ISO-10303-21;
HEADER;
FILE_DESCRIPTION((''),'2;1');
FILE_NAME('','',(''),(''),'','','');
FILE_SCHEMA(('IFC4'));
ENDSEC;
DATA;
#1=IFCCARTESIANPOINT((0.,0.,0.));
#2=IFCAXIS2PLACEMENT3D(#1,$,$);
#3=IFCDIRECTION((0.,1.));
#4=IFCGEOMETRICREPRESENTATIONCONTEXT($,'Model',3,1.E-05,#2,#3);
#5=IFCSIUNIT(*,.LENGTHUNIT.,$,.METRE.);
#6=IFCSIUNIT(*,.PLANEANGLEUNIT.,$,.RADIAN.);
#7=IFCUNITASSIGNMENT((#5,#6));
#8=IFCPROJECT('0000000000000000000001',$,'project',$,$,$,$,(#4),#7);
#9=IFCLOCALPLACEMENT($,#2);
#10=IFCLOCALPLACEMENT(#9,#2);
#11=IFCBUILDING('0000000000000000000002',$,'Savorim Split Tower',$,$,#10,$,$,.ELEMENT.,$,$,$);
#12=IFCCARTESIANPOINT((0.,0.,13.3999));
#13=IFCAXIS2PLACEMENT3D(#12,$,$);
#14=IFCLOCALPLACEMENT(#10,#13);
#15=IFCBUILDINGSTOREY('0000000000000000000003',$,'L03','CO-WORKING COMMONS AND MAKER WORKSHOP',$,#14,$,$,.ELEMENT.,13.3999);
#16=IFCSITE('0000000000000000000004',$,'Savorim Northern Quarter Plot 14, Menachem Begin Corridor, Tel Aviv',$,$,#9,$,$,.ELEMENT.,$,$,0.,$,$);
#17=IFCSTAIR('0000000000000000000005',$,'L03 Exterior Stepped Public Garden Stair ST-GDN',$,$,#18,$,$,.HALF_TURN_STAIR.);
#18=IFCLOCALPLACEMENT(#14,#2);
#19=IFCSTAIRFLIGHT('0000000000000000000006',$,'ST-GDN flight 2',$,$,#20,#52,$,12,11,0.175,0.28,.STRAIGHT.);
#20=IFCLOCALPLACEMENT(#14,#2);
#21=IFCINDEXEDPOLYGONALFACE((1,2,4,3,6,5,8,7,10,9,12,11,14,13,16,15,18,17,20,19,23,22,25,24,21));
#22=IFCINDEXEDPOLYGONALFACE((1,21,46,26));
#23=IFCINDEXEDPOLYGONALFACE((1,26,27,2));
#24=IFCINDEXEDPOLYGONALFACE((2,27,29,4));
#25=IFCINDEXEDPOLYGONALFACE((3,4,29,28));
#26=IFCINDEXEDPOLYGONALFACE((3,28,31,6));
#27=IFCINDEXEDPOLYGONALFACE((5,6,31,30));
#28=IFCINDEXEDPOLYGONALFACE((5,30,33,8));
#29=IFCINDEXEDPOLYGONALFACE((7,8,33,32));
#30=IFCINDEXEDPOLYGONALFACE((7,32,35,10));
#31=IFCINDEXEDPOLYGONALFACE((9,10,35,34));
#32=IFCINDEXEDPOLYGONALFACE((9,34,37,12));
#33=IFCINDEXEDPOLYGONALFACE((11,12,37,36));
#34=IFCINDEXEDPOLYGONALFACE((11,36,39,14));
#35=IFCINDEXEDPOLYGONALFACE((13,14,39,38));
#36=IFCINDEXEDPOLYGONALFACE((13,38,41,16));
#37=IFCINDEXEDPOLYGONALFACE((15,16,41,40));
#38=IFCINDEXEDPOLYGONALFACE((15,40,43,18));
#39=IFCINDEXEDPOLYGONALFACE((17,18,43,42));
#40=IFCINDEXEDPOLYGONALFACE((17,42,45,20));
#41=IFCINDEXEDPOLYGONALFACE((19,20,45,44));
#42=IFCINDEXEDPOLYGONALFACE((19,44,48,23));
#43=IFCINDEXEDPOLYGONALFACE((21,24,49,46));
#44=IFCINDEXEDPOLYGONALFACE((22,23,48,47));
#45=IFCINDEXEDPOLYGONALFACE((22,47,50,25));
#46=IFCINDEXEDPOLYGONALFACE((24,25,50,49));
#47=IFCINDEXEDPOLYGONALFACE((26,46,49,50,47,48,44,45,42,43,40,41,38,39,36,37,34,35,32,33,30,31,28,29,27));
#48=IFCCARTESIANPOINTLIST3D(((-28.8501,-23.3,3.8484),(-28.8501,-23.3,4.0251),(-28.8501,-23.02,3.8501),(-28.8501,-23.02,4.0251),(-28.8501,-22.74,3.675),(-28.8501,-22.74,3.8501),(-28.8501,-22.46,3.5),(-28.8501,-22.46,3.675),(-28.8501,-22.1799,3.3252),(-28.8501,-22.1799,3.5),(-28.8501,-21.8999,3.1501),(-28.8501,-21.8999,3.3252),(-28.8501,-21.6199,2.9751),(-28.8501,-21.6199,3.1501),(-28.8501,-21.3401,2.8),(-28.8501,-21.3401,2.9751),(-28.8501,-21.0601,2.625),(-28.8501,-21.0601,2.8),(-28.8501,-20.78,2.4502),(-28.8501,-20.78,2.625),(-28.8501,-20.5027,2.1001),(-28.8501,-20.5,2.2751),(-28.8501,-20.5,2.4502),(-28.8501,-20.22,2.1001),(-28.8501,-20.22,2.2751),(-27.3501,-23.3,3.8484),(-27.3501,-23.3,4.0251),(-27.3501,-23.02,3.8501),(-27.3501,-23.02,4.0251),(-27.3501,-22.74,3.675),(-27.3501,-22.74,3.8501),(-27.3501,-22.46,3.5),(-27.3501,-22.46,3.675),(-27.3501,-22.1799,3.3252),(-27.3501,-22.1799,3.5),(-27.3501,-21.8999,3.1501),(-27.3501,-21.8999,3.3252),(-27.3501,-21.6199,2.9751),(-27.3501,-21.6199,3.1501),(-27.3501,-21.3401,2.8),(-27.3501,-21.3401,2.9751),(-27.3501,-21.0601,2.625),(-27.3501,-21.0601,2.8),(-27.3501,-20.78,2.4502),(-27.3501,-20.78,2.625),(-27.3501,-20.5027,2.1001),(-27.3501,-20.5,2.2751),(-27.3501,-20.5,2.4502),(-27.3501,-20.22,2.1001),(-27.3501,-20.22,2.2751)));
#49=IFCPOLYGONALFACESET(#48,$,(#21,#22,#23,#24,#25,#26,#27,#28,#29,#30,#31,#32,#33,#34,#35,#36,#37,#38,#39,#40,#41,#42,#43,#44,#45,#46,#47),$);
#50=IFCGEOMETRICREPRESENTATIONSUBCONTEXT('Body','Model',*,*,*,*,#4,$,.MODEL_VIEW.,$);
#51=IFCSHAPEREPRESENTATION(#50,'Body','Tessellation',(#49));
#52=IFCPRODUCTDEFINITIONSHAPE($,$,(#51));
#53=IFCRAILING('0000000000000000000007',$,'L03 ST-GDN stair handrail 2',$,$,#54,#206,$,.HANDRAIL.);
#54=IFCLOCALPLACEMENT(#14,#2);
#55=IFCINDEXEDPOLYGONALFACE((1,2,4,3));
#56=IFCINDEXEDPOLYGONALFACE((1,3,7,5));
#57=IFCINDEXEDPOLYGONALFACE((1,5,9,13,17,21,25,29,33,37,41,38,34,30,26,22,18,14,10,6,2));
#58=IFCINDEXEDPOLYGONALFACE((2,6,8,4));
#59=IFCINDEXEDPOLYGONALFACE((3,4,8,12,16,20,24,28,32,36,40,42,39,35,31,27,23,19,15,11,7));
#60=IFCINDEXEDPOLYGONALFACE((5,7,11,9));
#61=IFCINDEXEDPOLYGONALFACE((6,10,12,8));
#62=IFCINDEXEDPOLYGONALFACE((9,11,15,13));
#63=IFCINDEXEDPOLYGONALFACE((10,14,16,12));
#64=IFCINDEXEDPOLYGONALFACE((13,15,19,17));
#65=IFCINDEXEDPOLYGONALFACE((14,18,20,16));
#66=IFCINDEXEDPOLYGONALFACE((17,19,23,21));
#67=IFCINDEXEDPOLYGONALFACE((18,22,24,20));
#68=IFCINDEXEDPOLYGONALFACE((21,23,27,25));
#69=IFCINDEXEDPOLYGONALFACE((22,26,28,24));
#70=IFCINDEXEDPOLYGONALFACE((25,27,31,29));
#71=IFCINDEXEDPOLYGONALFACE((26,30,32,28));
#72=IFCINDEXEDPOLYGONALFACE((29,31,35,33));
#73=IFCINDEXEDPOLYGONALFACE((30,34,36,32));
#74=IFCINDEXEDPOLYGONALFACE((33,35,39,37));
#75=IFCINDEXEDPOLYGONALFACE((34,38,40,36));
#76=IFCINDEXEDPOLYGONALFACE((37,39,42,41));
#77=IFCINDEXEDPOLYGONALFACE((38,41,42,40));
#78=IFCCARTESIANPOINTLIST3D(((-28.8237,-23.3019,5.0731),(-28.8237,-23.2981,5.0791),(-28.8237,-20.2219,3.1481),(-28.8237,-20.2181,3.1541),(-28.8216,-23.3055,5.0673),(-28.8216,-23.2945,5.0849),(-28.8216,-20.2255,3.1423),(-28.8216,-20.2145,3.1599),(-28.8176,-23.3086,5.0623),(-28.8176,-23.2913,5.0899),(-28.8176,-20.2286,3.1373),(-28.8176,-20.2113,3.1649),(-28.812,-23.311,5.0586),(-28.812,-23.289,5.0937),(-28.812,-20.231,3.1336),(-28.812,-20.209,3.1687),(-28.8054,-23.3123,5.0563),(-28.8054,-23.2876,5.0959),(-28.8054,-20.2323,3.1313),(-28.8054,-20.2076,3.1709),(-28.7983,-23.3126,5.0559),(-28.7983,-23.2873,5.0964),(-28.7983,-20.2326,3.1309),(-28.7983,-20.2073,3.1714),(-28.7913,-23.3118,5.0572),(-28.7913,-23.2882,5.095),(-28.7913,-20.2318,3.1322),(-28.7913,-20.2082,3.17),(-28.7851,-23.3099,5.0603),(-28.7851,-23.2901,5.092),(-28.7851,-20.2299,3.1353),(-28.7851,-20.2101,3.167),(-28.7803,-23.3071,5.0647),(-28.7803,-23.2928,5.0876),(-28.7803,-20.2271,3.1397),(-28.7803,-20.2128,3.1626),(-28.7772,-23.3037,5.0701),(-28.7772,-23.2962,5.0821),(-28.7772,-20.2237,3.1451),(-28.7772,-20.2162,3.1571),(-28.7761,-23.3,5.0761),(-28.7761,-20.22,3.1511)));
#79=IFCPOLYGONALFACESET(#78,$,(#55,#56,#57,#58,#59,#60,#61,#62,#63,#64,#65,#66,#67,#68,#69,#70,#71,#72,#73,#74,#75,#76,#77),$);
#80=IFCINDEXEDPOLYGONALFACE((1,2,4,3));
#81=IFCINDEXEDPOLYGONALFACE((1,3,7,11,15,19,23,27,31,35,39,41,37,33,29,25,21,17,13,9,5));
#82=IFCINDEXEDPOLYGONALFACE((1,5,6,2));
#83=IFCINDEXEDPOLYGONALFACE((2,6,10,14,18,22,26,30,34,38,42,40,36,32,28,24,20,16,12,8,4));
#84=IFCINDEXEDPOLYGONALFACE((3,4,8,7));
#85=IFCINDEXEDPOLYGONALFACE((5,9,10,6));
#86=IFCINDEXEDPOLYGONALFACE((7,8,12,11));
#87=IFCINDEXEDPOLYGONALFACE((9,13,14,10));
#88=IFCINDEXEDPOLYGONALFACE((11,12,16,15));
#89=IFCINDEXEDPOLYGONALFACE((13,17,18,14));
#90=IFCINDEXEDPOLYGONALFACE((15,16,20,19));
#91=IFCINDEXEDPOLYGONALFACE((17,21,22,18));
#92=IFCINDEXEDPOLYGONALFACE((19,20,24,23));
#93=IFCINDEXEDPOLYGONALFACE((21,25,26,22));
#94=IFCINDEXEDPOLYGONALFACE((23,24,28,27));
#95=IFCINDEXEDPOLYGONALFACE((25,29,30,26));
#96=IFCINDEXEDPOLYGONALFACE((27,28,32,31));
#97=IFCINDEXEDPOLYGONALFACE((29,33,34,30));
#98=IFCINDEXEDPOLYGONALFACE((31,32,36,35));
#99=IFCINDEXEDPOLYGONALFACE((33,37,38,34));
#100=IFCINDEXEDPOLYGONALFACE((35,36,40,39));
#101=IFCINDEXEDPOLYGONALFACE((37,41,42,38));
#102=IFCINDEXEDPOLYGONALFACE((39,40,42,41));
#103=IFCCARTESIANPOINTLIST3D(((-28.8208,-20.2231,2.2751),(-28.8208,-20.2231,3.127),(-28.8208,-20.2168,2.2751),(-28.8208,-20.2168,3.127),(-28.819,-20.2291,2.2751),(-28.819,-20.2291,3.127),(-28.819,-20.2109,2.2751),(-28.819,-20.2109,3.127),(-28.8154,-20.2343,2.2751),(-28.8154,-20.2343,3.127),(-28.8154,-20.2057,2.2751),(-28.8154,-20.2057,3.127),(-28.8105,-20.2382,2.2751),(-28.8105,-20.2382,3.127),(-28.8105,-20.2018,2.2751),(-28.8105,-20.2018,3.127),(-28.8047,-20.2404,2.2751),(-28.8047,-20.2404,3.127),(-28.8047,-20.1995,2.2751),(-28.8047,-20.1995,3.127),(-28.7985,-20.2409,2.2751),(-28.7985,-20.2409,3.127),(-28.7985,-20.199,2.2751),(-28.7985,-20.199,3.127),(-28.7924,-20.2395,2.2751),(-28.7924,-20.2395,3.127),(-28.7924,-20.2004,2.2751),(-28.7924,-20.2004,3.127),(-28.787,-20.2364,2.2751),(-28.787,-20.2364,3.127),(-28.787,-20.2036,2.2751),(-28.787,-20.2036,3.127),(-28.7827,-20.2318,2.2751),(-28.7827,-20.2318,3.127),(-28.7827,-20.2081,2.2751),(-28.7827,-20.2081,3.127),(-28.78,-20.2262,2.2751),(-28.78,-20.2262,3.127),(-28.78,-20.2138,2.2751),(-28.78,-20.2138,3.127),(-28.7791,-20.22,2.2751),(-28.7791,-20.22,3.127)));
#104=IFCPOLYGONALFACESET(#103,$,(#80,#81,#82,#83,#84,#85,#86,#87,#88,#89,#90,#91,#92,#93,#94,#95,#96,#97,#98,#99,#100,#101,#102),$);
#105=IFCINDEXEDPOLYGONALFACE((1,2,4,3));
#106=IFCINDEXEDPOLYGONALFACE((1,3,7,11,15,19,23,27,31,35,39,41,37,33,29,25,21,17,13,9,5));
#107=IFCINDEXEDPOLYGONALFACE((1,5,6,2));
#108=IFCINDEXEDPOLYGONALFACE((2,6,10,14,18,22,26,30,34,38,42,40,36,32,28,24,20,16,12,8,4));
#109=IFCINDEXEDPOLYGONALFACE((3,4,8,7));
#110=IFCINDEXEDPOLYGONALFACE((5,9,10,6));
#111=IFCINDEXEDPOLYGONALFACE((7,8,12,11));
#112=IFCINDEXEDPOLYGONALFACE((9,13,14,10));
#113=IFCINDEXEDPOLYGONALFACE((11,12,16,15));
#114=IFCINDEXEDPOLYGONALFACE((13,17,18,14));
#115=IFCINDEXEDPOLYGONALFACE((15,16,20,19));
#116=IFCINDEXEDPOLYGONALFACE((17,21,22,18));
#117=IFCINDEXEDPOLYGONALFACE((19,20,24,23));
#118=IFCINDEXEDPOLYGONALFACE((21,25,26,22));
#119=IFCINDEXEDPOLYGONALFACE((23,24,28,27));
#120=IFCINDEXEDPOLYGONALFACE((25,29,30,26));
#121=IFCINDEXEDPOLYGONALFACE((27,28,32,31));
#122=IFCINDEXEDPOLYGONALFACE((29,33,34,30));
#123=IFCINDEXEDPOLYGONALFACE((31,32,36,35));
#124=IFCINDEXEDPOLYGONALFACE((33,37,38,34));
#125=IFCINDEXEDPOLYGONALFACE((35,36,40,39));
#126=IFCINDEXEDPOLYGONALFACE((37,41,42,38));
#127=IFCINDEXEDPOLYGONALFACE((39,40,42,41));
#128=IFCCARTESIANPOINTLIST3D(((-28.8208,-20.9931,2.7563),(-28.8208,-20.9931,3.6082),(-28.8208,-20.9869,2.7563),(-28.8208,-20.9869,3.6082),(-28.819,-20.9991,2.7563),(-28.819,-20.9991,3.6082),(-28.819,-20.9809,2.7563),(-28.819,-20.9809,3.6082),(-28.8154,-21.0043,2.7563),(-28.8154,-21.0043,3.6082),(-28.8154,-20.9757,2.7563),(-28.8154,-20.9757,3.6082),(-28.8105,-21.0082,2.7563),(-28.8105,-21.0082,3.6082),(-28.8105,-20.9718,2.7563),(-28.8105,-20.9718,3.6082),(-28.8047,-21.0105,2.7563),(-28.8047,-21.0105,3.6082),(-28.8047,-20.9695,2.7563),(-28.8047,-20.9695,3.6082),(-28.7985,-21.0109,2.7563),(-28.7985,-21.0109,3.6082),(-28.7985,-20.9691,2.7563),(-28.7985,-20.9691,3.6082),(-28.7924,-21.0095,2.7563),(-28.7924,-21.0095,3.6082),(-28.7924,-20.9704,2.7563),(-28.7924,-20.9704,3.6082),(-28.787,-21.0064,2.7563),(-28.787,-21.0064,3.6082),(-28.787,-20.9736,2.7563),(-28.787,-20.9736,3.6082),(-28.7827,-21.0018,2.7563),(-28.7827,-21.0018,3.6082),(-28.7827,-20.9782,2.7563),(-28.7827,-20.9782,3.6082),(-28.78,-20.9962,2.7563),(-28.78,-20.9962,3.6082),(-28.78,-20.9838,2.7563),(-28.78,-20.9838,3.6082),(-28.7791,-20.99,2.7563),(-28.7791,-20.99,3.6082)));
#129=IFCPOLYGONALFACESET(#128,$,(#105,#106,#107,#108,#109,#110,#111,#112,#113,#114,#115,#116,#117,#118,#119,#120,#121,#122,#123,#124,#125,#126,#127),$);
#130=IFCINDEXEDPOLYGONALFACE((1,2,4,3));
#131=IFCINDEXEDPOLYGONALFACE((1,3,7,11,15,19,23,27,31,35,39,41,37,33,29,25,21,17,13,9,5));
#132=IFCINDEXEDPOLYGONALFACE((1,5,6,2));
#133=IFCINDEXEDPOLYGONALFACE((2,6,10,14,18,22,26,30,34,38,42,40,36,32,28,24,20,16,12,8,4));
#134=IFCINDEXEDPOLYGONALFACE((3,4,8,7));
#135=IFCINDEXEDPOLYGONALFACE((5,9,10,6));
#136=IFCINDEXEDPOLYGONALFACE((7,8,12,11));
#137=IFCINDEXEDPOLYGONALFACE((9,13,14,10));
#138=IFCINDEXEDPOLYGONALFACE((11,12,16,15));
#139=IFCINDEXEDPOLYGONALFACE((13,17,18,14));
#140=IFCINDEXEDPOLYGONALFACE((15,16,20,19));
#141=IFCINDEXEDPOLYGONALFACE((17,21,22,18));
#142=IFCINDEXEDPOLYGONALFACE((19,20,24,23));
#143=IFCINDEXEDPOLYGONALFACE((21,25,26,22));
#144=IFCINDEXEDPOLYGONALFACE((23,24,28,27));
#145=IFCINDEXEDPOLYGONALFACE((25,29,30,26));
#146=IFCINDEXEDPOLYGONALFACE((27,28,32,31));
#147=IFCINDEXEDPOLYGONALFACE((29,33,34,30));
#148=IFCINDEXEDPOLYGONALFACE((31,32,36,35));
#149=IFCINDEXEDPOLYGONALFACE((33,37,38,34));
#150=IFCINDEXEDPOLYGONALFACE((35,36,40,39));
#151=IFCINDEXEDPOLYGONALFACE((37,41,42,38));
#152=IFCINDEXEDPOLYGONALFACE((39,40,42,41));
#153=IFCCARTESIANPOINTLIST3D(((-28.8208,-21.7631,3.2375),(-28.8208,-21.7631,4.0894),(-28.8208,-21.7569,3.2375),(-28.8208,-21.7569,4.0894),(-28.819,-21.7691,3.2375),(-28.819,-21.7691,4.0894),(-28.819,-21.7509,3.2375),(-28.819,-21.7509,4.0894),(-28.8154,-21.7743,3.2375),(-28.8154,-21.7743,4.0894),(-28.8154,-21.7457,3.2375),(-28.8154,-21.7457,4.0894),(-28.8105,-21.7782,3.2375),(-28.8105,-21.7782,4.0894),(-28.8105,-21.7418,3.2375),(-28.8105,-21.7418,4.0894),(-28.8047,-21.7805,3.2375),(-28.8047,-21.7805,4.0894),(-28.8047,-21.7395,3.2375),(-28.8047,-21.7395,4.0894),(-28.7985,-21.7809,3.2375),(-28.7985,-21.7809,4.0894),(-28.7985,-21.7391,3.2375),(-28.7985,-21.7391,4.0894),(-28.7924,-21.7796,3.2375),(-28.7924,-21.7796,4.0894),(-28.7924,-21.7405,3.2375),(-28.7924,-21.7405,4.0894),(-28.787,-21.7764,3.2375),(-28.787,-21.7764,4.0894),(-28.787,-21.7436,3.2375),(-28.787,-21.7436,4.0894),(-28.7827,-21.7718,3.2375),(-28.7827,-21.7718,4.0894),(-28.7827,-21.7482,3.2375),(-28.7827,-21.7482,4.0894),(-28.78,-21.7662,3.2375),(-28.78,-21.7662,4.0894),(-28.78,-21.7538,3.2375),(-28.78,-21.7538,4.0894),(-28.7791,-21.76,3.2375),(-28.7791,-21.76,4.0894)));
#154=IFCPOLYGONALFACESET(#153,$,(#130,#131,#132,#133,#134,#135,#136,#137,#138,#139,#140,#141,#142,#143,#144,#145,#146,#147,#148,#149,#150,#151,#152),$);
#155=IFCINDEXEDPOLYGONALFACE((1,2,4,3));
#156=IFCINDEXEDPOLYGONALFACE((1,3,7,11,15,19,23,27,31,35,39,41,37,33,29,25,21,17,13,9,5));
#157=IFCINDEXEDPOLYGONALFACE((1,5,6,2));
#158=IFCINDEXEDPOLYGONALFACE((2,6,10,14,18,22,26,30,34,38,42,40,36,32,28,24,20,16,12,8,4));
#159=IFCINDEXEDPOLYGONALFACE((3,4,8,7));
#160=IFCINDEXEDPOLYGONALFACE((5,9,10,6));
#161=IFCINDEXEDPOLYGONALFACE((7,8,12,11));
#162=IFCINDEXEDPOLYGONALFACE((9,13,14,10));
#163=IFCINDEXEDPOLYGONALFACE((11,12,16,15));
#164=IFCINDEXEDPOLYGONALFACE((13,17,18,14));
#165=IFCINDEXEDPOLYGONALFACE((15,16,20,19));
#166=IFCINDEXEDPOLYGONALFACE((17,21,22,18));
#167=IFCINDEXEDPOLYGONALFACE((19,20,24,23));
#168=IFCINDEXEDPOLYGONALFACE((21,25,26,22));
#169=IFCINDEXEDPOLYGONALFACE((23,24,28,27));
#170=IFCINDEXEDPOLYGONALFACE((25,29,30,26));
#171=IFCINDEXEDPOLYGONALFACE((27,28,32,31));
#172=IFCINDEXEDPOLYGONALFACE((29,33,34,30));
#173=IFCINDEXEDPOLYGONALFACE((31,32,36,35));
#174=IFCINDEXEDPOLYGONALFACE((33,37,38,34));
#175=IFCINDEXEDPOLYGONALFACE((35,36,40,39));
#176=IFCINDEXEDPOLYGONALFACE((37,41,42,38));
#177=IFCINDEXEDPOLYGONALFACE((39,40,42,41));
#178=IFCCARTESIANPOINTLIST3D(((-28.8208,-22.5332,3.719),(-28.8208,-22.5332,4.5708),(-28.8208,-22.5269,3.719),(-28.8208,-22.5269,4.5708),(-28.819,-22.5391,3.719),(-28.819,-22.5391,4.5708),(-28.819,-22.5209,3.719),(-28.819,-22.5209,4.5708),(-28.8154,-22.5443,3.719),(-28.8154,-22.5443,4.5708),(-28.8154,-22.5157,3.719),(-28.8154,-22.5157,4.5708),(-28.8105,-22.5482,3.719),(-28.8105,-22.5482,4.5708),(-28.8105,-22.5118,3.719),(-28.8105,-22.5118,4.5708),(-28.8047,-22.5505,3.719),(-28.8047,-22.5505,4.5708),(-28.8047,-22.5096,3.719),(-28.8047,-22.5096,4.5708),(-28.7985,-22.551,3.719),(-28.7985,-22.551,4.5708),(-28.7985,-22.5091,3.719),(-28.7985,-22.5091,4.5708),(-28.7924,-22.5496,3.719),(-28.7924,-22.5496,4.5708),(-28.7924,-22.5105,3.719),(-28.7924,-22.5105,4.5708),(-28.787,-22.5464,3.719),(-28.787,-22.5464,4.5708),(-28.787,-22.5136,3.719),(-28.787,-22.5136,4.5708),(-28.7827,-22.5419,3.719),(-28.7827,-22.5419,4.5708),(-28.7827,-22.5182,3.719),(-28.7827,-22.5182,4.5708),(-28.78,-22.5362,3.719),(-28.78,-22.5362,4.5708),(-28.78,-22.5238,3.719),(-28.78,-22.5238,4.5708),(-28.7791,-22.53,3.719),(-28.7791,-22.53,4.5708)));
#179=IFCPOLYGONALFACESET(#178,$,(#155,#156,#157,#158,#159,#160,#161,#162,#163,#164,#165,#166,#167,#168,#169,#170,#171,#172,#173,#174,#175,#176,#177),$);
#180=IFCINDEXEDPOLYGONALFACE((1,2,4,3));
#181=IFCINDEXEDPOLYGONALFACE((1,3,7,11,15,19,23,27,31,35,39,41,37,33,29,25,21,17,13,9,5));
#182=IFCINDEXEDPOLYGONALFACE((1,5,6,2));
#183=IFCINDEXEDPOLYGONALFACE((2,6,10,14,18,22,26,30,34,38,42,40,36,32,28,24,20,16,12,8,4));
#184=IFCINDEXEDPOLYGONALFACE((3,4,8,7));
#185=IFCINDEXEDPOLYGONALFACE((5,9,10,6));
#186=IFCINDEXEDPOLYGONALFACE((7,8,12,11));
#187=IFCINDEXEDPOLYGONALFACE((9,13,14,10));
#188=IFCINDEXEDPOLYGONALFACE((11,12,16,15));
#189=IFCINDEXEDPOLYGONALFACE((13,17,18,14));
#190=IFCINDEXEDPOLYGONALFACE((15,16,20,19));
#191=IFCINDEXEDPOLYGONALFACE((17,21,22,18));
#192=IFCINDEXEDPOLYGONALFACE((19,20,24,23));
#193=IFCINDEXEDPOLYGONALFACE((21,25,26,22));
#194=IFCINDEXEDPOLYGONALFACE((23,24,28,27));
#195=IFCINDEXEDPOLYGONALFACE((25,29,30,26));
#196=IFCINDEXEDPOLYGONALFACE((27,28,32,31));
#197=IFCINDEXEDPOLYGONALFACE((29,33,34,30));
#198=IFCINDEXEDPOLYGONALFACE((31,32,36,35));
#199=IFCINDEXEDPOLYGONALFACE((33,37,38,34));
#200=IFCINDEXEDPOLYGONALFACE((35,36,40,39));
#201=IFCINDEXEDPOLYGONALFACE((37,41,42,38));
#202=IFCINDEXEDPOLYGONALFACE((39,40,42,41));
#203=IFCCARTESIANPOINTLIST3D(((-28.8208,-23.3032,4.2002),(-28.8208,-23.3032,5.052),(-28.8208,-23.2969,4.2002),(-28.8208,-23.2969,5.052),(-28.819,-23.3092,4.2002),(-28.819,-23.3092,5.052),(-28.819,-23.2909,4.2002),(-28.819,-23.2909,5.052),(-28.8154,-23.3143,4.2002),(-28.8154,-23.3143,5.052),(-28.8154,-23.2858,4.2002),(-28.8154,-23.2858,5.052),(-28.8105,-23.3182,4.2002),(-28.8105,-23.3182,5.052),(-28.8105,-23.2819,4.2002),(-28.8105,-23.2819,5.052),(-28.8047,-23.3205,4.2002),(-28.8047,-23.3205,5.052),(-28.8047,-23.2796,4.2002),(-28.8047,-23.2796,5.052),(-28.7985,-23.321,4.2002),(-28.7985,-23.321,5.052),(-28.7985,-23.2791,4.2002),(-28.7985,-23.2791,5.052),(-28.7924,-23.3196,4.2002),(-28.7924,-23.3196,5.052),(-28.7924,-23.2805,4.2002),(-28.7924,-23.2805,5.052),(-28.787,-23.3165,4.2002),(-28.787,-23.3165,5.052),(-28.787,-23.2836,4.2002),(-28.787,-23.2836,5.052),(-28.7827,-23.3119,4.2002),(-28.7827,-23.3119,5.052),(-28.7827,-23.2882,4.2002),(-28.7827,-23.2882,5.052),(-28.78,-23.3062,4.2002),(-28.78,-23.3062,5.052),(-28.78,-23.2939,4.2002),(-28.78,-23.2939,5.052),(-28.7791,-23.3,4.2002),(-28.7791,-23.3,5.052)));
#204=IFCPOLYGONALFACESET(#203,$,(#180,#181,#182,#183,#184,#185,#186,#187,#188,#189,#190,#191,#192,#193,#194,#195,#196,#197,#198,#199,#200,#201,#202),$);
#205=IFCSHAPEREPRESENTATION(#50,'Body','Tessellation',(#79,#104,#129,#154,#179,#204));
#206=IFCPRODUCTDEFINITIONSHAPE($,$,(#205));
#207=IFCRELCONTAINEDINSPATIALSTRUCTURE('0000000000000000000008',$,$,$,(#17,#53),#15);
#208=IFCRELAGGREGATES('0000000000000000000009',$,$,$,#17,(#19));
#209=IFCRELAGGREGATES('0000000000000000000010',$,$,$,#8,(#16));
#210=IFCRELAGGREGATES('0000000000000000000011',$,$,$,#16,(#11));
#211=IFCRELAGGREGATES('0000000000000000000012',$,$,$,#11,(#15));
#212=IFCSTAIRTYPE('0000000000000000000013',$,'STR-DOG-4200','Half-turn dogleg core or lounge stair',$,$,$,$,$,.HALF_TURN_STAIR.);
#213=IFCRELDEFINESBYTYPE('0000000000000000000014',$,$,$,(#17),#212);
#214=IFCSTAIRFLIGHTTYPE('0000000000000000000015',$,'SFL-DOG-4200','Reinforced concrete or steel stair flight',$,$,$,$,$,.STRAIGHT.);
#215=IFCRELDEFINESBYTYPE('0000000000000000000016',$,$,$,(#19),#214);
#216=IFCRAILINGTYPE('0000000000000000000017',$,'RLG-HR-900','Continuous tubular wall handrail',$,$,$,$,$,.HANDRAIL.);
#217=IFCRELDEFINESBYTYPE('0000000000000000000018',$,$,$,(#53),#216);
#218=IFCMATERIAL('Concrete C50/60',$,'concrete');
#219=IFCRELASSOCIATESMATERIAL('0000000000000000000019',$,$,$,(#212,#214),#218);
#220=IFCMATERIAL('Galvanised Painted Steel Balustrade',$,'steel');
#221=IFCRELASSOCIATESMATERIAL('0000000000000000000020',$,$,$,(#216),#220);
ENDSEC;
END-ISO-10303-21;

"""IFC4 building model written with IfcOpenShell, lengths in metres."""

from ifc_helpers import new_model, si_unit, direction, frame, origin, origin_2d, place, context, subcontext, project, spatial, polyline, circle, outline, extrude, material, type_object, element, aggregate, save


model = new_model("IFC4")

# Units and contexts
model_context = context("Model", 3, precision=1e-05, world=origin(), true_north=direction((0.0, 1.0)))
body_context = subcontext(model_context, "Body", "Model", "MODEL_VIEW")
ifc_project = project(units=[si_unit("LENGTHUNIT", "METRE"), si_unit("PLANEANGLEUNIT", "RADIAN")], contexts=[model_context])

# Site, building, storey
site_placement = place(None, origin())
site = spatial("IfcSite", under=ifc_project, at=site_placement, Name="Savorim Northern Quarter Plot 14, Menachem Begin Corridor, Tel Aviv", CompositionType="ELEMENT", RefElevation=0.0)
building_placement = place(site_placement, origin())
building = spatial("IfcBuilding", under=site, at=building_placement, Name="Savorim Split Tower", CompositionType="ELEMENT")
storey_placement = place(building_placement, frame((0.0, 0.0, 13.3999)))
storey = spatial("IfcBuildingStorey", under=building, at=storey_placement, Name="L03", Description="CO-WORKING COMMONS AND MAKER WORKSHOP", CompositionType="ELEMENT", Elevation=13.3999)

# Stair, stair flight
ifc_material_1 = material(Name="Concrete C50/60", Category="concrete")
stair_type = type_object("IfcStairType", Name="STR-DOG-4200", Description="Half-turn dogleg core or lounge stair", PredefinedType="HALF_TURN_STAIR", material=ifc_material_1)
stair_placement = place(storey_placement, origin())
stair = element("IfcStair", 1, at=stair_placement, inside=storey, type_object=stair_type, Name="L03 Exterior Stepped Public Garden Stair ST-GDN", PredefinedType="HALF_TURN_STAIR")
stair_flight_type = type_object("IfcStairFlightType", Name="SFL-DOG-4200", Description="Reinforced concrete or steel stair flight", PredefinedType="STRAIGHT", material=ifc_material_1)
stair_flight_placement = place(storey_placement, frame((-28.1001, -20.22, 2.1001), z_axis=(0.0, 0.0, 1.0), x_axis=(0.0, -1.0, 0.0)))
stair_flight = element("IfcStairFlight", 2, at=stair_flight_placement, type_object=stair_flight_type, Name="ST-GDN flight 2", NumberOfRisers=12, NumberOfTreads=11, PredefinedType="STRAIGHT", RiserHeight=0.175, TreadLength=0.28, context=body_context, shape_type="SweptSolid", body=[
    extrude(outline(polyline([(0.0, 0.0), (0.0, 0.175), (0.28, 0.175), (0.28, 0.3501), (0.5601, 0.3501), (0.5601, 0.5249), (0.8401, 0.5249), (0.8401, 0.7), (1.1201, 0.7), (1.1201, 0.875), (1.3999, 0.875), (1.3999, 1.05), (1.6799, 1.05), (1.6799, 1.2251), (1.96, 1.2251), (1.96, 1.3999), (2.24, 1.3999), (2.24, 1.575), (2.52, 1.575), (2.52, 1.75), (2.8, 1.75), (2.8, 1.925), (3.0801, 1.925), (3.0801, 2.1001), (3.0801, 1.7483), (0.2827, 0.0), (0.0, 0.0)])), frame((0.0, 0.75, 0.0), z_axis=(0.0, -1.0, 0.0), x_axis=(1.0, 0.0, 0.0)), (0.0, 0.0, 1.0), 1.5),
])
aggregate(stair, [stair_flight])

# Railing
ifc_material_2 = material(Name="Galvanised Painted Steel Balustrade", Category="steel")
railing_type_1 = type_object("IfcRailingType", Name="RLG-HR-900", Description="Continuous tubular wall handrail", PredefinedType="HANDRAIL", material=ifc_material_2)
railing_1_placement = place(storey_placement, frame((-28.8, -20.22, 2.2751)))
element("IfcRailing", 3, at=railing_1_placement, inside=storey, type_object=railing_type_1, Name="L03 ST-GDN stair handrail 2", PredefinedType="HANDRAIL", context=body_context, shape_type="SweptSolid", body=[
    extrude(circle(Radius=0.0239, at=origin_2d()), frame((0.0, 0.0, 0.876), z_axis=(0.0, -0.847998, 0.529999), x_axis=(1.0, 0.0, 0.0)), (0.0, 0.0, 1.0), 3.6321),
    extrude(circle(Radius=0.021, at=origin_2d()), origin(), (0.0, 0.0, 1.0), 0.8518),
    extrude(circle(Radius=0.021, at=origin_2d()), frame((0.0, -0.77, 0.4812)), (0.0, 0.0, 1.0), 0.8518),
    extrude(circle(Radius=0.021, at=origin_2d()), frame((0.0, -1.54, 0.9624)), (0.0, 0.0, 1.0), 0.8518),
    extrude(circle(Radius=0.021, at=origin_2d()), frame((0.0, -2.3101, 1.4438)), (0.0, 0.0, 1.0), 0.8518),
    extrude(circle(Radius=0.021, at=origin_2d()), frame((0.0, -3.0801, 1.925)), (0.0, 0.0, 1.0), 0.8518),
])

save(model, "model.ifc")
